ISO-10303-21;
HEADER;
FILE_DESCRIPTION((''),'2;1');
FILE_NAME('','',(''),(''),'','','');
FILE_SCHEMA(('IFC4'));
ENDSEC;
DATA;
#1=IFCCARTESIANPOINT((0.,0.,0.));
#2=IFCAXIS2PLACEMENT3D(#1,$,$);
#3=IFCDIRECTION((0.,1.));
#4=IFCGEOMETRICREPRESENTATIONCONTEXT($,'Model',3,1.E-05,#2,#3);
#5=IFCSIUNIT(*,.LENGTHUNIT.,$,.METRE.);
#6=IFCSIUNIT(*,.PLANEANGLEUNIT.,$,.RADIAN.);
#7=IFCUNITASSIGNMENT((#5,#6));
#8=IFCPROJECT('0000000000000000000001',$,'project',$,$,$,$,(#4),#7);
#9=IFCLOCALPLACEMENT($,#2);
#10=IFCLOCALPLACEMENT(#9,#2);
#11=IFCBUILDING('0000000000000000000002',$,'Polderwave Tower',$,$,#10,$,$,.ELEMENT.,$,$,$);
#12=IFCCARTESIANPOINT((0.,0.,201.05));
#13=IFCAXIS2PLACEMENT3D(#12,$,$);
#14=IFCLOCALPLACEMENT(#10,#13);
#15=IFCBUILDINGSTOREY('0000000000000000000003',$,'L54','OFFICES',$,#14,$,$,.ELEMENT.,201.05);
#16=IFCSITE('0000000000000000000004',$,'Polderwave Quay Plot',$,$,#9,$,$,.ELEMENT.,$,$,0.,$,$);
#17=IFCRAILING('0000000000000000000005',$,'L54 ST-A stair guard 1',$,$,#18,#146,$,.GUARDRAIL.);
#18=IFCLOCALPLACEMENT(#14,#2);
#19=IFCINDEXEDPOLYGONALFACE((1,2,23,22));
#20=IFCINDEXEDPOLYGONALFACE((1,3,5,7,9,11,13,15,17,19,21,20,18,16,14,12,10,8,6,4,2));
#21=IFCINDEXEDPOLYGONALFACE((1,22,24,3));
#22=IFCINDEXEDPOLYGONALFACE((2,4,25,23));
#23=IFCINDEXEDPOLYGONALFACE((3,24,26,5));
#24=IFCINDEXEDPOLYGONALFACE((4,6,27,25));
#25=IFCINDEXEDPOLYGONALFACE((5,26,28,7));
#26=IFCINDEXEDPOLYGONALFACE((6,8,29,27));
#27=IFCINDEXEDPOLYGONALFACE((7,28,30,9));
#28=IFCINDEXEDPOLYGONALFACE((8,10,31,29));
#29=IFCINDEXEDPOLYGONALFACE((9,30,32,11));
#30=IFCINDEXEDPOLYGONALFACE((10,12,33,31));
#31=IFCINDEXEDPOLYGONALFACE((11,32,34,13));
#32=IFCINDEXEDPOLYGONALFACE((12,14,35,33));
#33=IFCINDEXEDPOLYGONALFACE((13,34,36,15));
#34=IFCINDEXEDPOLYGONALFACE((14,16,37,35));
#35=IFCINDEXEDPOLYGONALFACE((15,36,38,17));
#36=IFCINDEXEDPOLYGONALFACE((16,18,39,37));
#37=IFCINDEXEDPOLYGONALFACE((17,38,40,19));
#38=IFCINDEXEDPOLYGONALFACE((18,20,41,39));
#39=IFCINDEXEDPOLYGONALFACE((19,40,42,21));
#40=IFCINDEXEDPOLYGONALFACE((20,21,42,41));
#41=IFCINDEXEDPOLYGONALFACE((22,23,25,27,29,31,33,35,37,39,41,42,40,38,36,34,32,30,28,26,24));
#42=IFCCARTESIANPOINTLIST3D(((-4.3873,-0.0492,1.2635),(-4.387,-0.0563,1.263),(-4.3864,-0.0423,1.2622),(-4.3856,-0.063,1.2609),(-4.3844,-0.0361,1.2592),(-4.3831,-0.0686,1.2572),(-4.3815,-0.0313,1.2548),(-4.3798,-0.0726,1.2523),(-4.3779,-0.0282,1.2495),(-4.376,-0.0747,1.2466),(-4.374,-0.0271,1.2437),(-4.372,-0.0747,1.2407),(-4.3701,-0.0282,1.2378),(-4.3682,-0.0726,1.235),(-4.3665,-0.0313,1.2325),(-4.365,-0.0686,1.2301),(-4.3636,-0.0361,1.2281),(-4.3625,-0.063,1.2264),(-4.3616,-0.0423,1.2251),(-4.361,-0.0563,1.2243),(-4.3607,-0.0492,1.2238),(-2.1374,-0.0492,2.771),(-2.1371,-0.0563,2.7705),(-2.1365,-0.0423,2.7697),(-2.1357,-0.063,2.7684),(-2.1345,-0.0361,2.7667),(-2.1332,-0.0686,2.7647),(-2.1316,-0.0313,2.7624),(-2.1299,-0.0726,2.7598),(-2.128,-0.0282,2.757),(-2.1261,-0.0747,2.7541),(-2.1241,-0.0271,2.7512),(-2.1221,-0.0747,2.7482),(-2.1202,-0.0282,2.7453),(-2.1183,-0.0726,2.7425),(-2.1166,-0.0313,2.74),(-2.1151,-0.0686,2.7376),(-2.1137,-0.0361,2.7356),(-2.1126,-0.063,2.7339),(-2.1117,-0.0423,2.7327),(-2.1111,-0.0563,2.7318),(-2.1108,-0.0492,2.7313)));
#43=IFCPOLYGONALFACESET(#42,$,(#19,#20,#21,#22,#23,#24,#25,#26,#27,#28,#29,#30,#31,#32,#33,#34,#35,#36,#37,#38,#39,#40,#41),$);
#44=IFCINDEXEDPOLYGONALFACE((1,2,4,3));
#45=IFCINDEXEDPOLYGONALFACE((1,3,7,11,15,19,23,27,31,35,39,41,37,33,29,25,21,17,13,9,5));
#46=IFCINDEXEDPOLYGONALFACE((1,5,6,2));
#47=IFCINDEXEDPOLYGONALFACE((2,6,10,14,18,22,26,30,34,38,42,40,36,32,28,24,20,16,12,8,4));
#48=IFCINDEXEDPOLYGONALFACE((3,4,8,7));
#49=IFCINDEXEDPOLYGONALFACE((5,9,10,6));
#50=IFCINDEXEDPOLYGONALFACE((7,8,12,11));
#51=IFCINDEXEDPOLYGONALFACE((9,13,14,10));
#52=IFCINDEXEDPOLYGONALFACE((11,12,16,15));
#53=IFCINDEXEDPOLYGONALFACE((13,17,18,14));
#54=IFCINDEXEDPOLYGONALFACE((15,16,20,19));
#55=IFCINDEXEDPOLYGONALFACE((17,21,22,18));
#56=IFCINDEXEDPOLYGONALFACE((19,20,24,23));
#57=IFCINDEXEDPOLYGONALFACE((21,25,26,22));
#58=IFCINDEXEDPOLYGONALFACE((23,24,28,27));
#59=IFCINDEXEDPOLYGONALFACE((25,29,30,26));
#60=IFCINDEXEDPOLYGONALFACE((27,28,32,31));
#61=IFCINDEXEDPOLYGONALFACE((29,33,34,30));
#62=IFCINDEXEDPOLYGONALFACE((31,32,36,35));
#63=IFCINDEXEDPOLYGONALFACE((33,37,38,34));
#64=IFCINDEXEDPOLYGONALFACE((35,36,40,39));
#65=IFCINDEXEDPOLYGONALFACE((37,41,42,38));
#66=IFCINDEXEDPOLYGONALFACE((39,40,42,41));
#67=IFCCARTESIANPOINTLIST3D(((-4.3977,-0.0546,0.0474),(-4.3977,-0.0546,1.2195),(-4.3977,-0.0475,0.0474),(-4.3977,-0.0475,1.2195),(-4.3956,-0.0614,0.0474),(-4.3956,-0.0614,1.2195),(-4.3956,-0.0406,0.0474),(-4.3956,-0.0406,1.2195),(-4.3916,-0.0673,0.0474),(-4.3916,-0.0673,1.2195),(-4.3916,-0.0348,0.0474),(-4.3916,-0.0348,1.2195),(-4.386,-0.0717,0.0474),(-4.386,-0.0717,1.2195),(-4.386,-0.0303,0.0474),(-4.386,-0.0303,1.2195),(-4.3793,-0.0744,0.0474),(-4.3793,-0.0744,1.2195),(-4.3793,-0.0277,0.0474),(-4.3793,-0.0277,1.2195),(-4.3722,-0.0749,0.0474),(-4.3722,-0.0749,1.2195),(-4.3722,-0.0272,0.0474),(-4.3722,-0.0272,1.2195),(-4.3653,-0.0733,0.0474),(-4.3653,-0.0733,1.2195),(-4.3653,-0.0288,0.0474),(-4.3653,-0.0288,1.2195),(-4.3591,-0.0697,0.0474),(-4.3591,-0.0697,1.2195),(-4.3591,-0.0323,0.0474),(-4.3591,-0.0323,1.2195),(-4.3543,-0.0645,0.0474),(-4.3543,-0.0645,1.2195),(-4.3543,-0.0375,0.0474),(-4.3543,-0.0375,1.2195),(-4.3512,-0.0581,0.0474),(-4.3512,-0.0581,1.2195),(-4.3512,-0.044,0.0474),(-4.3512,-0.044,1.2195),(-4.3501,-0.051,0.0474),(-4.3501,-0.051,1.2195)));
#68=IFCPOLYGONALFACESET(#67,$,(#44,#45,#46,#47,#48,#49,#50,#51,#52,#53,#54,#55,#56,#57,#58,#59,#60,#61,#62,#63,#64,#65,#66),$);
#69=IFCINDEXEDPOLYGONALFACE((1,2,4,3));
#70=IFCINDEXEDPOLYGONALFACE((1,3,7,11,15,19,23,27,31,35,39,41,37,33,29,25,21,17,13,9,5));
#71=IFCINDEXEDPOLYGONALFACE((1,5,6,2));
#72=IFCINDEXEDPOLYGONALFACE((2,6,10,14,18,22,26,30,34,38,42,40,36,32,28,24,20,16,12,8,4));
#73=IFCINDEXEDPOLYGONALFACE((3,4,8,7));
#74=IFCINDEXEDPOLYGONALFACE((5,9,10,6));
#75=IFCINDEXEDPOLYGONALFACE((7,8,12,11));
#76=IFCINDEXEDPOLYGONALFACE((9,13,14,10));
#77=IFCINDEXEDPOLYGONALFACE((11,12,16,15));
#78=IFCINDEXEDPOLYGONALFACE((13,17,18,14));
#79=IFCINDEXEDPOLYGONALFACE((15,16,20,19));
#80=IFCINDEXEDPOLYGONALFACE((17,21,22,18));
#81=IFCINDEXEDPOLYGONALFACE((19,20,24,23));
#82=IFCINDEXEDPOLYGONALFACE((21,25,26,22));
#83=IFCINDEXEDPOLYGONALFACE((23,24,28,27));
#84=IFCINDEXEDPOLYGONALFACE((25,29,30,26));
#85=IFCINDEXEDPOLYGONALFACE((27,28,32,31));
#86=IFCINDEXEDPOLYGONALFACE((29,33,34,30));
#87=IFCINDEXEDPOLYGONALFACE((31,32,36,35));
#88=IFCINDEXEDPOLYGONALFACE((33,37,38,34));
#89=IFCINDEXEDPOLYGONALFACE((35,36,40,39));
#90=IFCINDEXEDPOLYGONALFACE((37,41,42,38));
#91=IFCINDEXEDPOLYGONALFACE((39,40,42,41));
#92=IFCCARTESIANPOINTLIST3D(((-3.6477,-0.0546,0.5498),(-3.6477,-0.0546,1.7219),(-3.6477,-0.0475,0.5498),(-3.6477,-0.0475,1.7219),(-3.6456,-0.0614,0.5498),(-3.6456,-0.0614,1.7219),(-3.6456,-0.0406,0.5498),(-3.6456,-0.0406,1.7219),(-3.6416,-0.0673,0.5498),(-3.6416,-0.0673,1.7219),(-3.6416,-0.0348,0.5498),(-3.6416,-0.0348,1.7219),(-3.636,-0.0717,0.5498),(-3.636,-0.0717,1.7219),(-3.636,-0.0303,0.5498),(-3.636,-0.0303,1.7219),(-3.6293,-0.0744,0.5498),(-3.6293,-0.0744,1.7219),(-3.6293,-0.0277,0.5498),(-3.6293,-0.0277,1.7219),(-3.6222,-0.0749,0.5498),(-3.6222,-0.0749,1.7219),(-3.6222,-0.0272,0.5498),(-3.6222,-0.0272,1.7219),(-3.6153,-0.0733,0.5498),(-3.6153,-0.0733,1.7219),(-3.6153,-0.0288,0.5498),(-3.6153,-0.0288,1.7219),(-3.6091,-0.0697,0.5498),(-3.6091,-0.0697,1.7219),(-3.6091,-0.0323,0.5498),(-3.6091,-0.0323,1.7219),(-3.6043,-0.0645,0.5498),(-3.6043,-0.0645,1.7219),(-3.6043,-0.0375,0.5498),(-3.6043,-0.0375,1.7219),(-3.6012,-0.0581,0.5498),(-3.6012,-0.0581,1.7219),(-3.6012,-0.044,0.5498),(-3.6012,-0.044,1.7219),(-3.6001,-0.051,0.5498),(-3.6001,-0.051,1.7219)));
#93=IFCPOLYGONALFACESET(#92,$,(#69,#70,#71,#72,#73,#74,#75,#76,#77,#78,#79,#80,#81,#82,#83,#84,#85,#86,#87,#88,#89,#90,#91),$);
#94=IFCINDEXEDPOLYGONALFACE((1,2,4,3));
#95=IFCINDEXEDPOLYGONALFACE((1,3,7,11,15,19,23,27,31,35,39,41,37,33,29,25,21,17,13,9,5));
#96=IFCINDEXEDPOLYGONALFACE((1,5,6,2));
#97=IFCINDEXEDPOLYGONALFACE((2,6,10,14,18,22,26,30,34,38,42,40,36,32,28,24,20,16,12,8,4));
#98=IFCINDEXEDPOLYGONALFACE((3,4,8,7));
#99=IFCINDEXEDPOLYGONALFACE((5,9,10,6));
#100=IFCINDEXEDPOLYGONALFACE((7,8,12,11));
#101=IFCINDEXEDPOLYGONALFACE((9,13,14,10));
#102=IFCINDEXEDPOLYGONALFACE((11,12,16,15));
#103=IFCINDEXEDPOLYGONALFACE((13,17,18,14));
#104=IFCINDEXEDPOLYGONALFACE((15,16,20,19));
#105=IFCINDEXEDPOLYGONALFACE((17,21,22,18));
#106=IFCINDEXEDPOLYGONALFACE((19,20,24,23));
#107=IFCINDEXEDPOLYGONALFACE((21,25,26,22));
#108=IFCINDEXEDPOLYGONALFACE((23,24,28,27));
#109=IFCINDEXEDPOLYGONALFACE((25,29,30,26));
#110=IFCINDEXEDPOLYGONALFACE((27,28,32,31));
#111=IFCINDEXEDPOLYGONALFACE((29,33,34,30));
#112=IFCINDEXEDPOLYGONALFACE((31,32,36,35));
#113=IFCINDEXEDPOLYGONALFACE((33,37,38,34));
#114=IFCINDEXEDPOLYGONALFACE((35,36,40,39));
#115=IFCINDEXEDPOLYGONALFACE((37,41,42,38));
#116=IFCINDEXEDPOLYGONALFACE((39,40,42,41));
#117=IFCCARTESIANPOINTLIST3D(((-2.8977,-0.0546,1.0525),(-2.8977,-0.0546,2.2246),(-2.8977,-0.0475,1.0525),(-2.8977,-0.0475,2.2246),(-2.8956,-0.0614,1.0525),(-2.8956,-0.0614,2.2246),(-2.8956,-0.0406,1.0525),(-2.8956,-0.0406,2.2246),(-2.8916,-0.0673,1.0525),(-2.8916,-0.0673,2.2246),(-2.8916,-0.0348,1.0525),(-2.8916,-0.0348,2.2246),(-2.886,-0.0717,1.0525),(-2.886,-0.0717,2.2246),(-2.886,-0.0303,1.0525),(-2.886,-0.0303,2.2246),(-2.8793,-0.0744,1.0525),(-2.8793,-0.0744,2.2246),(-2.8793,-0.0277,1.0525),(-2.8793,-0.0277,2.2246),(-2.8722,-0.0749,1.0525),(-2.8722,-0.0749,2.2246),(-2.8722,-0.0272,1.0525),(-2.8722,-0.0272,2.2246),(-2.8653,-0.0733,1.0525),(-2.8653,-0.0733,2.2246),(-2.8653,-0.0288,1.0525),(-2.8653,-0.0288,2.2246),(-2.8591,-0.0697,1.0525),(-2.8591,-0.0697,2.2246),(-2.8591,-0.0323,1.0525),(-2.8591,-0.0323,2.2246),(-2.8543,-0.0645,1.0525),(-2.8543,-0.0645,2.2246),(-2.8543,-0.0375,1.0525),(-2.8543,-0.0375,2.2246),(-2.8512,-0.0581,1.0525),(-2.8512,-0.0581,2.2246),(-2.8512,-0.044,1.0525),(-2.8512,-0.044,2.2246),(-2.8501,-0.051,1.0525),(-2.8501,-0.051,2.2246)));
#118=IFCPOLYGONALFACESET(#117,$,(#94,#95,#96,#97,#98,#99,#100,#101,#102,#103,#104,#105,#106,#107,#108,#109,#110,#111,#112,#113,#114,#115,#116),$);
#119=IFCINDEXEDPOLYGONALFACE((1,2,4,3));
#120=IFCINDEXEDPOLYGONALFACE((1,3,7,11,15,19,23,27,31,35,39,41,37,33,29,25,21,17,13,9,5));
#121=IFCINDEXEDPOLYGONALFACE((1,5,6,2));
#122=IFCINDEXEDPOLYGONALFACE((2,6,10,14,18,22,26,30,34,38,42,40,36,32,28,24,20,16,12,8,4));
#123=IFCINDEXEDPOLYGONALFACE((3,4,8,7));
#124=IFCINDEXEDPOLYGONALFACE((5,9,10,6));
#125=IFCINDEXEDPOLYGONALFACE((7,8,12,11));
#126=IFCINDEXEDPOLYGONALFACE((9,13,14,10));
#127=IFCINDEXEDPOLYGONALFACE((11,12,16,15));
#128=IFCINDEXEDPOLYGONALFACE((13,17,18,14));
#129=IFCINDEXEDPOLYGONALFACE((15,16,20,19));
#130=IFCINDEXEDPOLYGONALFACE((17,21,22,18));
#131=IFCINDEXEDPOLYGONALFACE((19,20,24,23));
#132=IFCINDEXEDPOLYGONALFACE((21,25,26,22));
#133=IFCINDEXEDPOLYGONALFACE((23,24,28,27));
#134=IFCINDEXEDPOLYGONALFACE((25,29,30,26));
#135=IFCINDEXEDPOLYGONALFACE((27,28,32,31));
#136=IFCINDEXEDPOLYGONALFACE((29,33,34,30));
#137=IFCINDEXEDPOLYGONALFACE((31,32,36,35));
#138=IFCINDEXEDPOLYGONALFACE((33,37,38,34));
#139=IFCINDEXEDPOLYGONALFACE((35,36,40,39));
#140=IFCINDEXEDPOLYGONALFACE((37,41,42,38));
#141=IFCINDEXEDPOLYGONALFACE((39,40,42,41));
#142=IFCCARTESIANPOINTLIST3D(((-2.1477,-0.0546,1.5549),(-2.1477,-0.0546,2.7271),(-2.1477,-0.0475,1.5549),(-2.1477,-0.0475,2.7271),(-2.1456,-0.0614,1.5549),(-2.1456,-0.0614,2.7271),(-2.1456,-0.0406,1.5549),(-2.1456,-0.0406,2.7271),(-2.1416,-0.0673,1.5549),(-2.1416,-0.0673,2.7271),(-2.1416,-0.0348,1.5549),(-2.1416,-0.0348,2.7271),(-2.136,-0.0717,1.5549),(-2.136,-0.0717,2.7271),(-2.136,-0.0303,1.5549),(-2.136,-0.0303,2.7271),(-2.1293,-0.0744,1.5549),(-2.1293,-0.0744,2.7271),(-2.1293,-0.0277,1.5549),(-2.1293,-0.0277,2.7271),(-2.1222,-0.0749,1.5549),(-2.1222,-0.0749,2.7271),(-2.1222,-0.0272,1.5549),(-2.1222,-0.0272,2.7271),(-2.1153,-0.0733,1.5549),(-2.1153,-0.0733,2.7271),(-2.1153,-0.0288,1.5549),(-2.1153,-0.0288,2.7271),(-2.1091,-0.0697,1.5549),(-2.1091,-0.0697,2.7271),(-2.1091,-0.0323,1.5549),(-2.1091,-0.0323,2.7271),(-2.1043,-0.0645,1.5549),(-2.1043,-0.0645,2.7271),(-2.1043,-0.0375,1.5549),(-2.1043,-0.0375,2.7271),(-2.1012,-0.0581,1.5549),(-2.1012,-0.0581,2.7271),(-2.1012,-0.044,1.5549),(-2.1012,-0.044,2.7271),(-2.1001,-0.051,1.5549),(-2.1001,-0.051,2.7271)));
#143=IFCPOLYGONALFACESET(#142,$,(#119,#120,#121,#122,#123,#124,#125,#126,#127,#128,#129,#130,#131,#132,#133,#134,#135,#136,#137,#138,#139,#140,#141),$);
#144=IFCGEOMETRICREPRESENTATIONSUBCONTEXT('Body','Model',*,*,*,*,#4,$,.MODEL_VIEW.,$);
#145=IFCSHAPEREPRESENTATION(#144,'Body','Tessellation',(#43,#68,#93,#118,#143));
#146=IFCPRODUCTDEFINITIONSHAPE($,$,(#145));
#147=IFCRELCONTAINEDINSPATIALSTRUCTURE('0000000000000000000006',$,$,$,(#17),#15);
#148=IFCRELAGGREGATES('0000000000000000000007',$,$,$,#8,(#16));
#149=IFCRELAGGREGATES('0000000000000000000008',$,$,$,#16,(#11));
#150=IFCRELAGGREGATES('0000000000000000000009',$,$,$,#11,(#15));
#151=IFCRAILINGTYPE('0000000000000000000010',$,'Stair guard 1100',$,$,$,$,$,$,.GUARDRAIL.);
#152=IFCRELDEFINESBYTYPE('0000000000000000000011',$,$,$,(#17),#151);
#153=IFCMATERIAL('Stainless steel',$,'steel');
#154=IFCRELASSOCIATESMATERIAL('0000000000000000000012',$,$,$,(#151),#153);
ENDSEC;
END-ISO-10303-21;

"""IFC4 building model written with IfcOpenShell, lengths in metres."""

from ifc_helpers import new_model, si_unit, direction, frame, origin, origin_2d, place, context, subcontext, project, spatial, circle, extrude, material, type_object, element, save


model = new_model("IFC4")

# Units and contexts
model_context = context("Model", 3, precision=1e-05, world=origin(), true_north=direction((0.0, 1.0)))
body_context = subcontext(model_context, "Body", "Model", "MODEL_VIEW")
ifc_project = project(units=[si_unit("LENGTHUNIT", "METRE"), si_unit("PLANEANGLEUNIT", "RADIAN")], contexts=[model_context])

# Site, building, storey
site_placement = place(None, origin())
site = spatial("IfcSite", under=ifc_project, at=site_placement, Name="Polderwave Quay Plot", CompositionType="ELEMENT", RefElevation=0.0)
building_placement = place(site_placement, origin())
building = spatial("IfcBuilding", under=site, at=building_placement, Name="Polderwave Tower", CompositionType="ELEMENT")
storey_placement = place(building_placement, frame((0.0, 0.0, 201.05)))
storey = spatial("IfcBuildingStorey", under=building, at=storey_placement, Name="L54", Description="OFFICES", CompositionType="ELEMENT", Elevation=201.05)

# Shared definitions
ifc_material_1 = material(Name="Stainless steel", Category="steel")

# Railing
railing_type_1 = type_object("IfcRailingType", Name="Stair guard 1100", PredefinedType="GUARDRAIL", material=ifc_material_1)
railing_1_placement = place(storey_placement, frame((-4.374, -0.051, 0.0474)))
element("IfcRailing", 1, at=railing_1_placement, inside=storey, type_object=railing_type_1, Name="L54 ST-A stair guard 1", PredefinedType="GUARDRAIL", context=body_context, shape_type="SweptSolid", body=[
    extrude(circle(Radius=0.0239, at=origin_2d()), frame((0.0, 0.0, 1.1963), z_axis=(0.830758, 0.0, 0.556633), x_axis=(0.0, 1.0, 0.0)), (0.0, 0.0, 1.0), 2.7083),
    extrude(circle(Radius=0.0239, at=origin_2d()), origin(), (0.0, 0.0, 1.0), 1.1721),
    extrude(circle(Radius=0.0239, at=origin_2d()), frame((0.75, 0.0, 0.5024)), (0.0, 0.0, 1.0), 1.1721),
    extrude(circle(Radius=0.0239, at=origin_2d()), frame((1.5, 0.0, 1.0051)), (0.0, 0.0, 1.0), 1.1721),
    extrude(circle(Radius=0.0239, at=origin_2d()), frame((2.25, 0.0, 1.5076)), (0.0, 0.0, 1.0), 1.1721),
])

save(model, "model.ifc")
